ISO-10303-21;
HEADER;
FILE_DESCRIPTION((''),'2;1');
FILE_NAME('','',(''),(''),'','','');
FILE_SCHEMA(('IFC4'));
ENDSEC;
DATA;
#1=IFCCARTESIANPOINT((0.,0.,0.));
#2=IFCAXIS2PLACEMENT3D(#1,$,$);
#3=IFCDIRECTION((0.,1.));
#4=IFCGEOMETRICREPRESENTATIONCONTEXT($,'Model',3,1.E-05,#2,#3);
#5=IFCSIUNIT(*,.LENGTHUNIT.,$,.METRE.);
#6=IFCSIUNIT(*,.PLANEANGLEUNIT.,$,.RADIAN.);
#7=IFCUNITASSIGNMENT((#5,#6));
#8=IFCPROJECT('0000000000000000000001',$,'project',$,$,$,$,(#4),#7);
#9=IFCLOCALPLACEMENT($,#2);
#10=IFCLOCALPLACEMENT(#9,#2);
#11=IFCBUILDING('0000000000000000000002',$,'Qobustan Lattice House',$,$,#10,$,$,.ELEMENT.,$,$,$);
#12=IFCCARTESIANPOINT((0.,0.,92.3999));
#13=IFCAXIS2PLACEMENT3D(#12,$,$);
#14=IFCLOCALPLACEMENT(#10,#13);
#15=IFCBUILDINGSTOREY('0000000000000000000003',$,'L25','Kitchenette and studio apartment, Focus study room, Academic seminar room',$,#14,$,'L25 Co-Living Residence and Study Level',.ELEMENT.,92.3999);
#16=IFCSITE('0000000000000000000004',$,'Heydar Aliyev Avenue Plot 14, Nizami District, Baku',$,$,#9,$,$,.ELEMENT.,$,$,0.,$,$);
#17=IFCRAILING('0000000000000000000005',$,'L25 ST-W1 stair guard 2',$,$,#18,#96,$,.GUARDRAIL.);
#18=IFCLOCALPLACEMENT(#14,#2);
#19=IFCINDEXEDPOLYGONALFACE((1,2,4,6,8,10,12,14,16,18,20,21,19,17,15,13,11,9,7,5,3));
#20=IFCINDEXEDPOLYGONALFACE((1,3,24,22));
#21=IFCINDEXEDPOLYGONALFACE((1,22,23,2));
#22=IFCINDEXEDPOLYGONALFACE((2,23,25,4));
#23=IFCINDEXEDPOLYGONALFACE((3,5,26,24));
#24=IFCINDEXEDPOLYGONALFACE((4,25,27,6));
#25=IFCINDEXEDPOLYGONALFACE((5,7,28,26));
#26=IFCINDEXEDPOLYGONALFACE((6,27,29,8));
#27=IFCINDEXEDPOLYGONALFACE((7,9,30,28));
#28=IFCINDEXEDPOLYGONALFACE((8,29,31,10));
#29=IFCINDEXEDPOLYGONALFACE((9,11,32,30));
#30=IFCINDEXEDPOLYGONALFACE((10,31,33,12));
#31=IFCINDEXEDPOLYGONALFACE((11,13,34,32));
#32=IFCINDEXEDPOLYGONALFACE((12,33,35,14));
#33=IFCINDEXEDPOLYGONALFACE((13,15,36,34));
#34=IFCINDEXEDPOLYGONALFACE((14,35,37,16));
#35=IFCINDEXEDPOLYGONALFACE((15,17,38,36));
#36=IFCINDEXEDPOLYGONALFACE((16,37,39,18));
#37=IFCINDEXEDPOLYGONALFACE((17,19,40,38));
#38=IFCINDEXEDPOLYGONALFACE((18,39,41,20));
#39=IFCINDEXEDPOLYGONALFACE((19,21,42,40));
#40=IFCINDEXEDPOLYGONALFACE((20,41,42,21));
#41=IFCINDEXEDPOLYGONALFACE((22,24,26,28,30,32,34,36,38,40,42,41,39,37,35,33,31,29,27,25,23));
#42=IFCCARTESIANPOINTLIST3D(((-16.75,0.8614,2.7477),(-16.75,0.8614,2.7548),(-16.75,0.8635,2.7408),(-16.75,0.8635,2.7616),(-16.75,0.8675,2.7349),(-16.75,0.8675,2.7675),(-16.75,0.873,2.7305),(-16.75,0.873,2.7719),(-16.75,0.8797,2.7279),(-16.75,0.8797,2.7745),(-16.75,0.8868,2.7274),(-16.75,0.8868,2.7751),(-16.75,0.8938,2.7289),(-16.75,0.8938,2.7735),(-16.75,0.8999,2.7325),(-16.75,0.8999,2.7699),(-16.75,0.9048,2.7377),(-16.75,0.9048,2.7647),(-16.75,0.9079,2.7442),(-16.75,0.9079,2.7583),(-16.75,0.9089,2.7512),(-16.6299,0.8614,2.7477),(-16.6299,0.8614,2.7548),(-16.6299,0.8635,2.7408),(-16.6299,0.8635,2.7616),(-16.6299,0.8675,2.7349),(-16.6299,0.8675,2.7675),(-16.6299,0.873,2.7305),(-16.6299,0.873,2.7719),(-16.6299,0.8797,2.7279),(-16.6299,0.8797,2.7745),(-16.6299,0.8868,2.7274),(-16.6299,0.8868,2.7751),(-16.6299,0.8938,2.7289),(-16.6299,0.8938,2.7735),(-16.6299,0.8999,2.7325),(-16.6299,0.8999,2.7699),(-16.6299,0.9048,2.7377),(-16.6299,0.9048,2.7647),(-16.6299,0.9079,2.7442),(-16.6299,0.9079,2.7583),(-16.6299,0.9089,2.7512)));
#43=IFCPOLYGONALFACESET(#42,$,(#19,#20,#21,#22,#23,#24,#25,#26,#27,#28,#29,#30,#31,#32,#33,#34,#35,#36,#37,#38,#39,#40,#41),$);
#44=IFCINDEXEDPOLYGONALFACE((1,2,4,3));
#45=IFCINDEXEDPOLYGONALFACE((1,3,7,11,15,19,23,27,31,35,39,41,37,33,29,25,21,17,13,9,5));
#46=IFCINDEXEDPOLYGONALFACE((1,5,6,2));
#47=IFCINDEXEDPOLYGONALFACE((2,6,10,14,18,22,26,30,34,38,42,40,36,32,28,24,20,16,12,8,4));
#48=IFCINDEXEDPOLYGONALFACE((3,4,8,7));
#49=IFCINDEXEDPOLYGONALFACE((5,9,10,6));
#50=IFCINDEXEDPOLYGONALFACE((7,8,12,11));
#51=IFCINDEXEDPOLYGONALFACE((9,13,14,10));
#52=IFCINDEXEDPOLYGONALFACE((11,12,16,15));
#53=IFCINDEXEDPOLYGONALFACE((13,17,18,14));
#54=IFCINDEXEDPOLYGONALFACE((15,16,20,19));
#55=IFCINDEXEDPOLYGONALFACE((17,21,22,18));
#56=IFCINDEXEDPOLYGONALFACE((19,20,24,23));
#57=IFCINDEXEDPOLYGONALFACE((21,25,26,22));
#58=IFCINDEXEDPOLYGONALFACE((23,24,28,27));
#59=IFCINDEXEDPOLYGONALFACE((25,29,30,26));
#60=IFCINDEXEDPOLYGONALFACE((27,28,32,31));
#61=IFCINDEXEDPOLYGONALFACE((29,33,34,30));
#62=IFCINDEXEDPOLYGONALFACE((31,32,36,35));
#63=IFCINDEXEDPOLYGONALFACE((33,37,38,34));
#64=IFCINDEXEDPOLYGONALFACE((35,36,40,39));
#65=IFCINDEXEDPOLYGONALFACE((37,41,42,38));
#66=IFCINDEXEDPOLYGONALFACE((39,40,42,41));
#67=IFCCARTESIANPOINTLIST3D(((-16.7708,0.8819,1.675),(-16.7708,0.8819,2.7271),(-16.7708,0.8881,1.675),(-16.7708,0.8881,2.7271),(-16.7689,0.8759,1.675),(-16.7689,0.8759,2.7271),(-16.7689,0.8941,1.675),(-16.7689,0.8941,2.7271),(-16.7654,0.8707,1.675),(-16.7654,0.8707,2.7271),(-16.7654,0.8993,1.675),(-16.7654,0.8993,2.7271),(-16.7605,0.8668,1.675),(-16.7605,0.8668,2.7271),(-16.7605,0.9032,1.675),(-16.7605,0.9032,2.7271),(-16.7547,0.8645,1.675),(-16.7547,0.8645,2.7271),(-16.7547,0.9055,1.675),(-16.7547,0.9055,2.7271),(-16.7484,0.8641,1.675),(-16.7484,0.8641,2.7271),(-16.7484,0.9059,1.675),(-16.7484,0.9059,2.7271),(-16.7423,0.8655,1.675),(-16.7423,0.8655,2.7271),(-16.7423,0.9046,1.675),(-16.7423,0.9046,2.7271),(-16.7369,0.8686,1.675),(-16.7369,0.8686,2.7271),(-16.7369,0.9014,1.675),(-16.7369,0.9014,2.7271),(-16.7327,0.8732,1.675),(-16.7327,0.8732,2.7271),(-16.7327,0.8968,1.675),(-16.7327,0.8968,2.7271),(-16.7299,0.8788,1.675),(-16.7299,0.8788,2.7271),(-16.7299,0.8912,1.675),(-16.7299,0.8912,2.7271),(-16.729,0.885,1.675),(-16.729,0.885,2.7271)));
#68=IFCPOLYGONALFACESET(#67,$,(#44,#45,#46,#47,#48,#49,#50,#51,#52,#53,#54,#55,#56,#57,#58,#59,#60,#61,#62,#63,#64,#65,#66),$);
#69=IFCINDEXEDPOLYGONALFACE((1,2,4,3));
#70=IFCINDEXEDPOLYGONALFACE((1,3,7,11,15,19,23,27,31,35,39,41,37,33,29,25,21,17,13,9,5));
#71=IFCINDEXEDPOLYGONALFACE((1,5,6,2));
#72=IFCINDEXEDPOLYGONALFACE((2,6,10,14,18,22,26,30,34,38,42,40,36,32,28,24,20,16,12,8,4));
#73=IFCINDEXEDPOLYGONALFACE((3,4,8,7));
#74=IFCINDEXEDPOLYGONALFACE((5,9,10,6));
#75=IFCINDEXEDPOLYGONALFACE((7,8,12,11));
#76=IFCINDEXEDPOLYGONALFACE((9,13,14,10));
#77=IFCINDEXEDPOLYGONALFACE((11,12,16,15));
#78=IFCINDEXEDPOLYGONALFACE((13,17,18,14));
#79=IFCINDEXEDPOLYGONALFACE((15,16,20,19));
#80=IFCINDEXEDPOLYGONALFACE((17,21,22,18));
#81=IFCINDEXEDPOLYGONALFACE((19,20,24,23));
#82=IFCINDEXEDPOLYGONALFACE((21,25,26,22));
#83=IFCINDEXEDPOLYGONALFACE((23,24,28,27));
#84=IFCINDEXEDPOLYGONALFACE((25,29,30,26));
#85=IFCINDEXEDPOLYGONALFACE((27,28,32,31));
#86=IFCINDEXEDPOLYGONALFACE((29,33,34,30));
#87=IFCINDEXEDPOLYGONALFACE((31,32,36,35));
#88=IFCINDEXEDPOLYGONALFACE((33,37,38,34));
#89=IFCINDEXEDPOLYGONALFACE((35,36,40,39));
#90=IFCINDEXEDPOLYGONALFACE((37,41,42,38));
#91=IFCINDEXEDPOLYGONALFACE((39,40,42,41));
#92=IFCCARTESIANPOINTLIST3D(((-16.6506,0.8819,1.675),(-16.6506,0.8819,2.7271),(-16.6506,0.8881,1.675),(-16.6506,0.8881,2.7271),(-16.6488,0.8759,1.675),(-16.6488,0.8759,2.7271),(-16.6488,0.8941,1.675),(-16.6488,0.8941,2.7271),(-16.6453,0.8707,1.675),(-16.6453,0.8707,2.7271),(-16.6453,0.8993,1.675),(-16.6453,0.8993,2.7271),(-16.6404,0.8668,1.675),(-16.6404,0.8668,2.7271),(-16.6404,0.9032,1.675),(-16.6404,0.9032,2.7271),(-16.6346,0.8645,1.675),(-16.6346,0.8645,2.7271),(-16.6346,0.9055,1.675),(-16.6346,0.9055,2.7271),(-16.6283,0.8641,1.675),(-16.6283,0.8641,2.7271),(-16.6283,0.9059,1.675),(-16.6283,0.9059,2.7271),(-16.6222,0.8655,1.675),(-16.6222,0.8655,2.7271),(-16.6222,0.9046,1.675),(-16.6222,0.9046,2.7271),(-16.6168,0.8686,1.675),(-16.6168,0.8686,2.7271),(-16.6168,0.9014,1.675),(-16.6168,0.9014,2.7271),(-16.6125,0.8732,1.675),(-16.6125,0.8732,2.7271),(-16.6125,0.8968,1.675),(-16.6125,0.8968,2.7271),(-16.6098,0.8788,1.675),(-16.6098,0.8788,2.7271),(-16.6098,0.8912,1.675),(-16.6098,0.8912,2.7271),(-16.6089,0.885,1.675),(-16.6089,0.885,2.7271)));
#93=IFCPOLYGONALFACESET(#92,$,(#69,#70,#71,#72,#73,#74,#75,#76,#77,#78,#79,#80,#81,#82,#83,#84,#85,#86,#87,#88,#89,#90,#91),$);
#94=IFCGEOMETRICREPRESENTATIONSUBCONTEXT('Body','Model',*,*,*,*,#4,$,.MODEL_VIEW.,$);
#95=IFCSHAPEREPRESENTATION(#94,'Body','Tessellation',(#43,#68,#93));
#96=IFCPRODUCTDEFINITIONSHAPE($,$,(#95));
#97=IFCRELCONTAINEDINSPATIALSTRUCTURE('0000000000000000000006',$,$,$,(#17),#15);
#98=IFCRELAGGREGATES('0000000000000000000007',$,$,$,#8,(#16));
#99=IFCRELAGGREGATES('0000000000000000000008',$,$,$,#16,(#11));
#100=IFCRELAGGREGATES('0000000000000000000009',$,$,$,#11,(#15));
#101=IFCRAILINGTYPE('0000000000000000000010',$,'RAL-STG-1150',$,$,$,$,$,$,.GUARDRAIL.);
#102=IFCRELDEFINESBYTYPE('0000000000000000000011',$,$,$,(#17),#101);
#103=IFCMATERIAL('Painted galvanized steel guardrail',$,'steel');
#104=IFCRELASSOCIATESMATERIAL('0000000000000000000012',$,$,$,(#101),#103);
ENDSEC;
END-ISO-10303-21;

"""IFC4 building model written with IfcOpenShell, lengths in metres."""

from ifc_helpers import new_model, si_unit, direction, frame, origin, origin_2d, place, context, subcontext, project, spatial, circle, extrude, material, type_object, element, save


model = new_model("IFC4")

# Units and contexts
model_context = context("Model", 3, precision=1e-05, world=origin(), true_north=direction((0.0, 1.0)))
body_context = subcontext(model_context, "Body", "Model", "MODEL_VIEW")
ifc_project = project(units=[si_unit("LENGTHUNIT", "METRE"), si_unit("PLANEANGLEUNIT", "RADIAN")], contexts=[model_context])

# Site, building, storey
site_placement = place(None, origin())
site = spatial("IfcSite", under=ifc_project, at=site_placement, Name="Heydar Aliyev Avenue Plot 14, Nizami District, Baku", CompositionType="ELEMENT", RefElevation=0.0)
building_placement = place(site_placement, origin())
building = spatial("IfcBuilding", under=site, at=building_placement, Name="Qobustan Lattice House", CompositionType="ELEMENT")
storey_placement = place(building_placement, frame((0.0, 0.0, 92.3999)))
storey = spatial("IfcBuildingStorey", under=building, at=storey_placement, Name="L25", Description="Kitchenette and studio apartment, Focus study room, Academic seminar room", LongName="L25 Co-Living Residence and Study Level", CompositionType="ELEMENT", Elevation=92.3999)

# Railing
ifc_material_1 = material(Name="Painted galvanized steel guardrail", Category="steel")
railing_type_1 = type_object("IfcRailingType", Name="RAL-STG-1150", PredefinedType="GUARDRAIL", material=ifc_material_1)
railing_1_placement = place(storey_placement, frame((-16.75, 0.885, 1.675)))
element("IfcRailing", 1, at=railing_1_placement, inside=storey, type_object=railing_type_1, Name="L25 ST-W1 stair guard 2", PredefinedType="GUARDRAIL", context=body_context, shape_type="SweptSolid", body=[
    extrude(circle(Radius=0.0239, at=origin_2d()), frame((0.0, 0.0, 1.0762), z_axis=(1.0, 0.0, 0.0), x_axis=(0.0, 1.0, 0.0)), (0.0, 0.0, 1.0), 0.1201),
    extrude(circle(Radius=0.021, at=origin_2d()), origin(), (0.0, 0.0, 1.0), 1.052),
    extrude(circle(Radius=0.021, at=origin_2d()), frame((0.1201, 0.0, 0.0)), (0.0, 0.0, 1.0), 1.052),
])

save(model, "model.ifc")
